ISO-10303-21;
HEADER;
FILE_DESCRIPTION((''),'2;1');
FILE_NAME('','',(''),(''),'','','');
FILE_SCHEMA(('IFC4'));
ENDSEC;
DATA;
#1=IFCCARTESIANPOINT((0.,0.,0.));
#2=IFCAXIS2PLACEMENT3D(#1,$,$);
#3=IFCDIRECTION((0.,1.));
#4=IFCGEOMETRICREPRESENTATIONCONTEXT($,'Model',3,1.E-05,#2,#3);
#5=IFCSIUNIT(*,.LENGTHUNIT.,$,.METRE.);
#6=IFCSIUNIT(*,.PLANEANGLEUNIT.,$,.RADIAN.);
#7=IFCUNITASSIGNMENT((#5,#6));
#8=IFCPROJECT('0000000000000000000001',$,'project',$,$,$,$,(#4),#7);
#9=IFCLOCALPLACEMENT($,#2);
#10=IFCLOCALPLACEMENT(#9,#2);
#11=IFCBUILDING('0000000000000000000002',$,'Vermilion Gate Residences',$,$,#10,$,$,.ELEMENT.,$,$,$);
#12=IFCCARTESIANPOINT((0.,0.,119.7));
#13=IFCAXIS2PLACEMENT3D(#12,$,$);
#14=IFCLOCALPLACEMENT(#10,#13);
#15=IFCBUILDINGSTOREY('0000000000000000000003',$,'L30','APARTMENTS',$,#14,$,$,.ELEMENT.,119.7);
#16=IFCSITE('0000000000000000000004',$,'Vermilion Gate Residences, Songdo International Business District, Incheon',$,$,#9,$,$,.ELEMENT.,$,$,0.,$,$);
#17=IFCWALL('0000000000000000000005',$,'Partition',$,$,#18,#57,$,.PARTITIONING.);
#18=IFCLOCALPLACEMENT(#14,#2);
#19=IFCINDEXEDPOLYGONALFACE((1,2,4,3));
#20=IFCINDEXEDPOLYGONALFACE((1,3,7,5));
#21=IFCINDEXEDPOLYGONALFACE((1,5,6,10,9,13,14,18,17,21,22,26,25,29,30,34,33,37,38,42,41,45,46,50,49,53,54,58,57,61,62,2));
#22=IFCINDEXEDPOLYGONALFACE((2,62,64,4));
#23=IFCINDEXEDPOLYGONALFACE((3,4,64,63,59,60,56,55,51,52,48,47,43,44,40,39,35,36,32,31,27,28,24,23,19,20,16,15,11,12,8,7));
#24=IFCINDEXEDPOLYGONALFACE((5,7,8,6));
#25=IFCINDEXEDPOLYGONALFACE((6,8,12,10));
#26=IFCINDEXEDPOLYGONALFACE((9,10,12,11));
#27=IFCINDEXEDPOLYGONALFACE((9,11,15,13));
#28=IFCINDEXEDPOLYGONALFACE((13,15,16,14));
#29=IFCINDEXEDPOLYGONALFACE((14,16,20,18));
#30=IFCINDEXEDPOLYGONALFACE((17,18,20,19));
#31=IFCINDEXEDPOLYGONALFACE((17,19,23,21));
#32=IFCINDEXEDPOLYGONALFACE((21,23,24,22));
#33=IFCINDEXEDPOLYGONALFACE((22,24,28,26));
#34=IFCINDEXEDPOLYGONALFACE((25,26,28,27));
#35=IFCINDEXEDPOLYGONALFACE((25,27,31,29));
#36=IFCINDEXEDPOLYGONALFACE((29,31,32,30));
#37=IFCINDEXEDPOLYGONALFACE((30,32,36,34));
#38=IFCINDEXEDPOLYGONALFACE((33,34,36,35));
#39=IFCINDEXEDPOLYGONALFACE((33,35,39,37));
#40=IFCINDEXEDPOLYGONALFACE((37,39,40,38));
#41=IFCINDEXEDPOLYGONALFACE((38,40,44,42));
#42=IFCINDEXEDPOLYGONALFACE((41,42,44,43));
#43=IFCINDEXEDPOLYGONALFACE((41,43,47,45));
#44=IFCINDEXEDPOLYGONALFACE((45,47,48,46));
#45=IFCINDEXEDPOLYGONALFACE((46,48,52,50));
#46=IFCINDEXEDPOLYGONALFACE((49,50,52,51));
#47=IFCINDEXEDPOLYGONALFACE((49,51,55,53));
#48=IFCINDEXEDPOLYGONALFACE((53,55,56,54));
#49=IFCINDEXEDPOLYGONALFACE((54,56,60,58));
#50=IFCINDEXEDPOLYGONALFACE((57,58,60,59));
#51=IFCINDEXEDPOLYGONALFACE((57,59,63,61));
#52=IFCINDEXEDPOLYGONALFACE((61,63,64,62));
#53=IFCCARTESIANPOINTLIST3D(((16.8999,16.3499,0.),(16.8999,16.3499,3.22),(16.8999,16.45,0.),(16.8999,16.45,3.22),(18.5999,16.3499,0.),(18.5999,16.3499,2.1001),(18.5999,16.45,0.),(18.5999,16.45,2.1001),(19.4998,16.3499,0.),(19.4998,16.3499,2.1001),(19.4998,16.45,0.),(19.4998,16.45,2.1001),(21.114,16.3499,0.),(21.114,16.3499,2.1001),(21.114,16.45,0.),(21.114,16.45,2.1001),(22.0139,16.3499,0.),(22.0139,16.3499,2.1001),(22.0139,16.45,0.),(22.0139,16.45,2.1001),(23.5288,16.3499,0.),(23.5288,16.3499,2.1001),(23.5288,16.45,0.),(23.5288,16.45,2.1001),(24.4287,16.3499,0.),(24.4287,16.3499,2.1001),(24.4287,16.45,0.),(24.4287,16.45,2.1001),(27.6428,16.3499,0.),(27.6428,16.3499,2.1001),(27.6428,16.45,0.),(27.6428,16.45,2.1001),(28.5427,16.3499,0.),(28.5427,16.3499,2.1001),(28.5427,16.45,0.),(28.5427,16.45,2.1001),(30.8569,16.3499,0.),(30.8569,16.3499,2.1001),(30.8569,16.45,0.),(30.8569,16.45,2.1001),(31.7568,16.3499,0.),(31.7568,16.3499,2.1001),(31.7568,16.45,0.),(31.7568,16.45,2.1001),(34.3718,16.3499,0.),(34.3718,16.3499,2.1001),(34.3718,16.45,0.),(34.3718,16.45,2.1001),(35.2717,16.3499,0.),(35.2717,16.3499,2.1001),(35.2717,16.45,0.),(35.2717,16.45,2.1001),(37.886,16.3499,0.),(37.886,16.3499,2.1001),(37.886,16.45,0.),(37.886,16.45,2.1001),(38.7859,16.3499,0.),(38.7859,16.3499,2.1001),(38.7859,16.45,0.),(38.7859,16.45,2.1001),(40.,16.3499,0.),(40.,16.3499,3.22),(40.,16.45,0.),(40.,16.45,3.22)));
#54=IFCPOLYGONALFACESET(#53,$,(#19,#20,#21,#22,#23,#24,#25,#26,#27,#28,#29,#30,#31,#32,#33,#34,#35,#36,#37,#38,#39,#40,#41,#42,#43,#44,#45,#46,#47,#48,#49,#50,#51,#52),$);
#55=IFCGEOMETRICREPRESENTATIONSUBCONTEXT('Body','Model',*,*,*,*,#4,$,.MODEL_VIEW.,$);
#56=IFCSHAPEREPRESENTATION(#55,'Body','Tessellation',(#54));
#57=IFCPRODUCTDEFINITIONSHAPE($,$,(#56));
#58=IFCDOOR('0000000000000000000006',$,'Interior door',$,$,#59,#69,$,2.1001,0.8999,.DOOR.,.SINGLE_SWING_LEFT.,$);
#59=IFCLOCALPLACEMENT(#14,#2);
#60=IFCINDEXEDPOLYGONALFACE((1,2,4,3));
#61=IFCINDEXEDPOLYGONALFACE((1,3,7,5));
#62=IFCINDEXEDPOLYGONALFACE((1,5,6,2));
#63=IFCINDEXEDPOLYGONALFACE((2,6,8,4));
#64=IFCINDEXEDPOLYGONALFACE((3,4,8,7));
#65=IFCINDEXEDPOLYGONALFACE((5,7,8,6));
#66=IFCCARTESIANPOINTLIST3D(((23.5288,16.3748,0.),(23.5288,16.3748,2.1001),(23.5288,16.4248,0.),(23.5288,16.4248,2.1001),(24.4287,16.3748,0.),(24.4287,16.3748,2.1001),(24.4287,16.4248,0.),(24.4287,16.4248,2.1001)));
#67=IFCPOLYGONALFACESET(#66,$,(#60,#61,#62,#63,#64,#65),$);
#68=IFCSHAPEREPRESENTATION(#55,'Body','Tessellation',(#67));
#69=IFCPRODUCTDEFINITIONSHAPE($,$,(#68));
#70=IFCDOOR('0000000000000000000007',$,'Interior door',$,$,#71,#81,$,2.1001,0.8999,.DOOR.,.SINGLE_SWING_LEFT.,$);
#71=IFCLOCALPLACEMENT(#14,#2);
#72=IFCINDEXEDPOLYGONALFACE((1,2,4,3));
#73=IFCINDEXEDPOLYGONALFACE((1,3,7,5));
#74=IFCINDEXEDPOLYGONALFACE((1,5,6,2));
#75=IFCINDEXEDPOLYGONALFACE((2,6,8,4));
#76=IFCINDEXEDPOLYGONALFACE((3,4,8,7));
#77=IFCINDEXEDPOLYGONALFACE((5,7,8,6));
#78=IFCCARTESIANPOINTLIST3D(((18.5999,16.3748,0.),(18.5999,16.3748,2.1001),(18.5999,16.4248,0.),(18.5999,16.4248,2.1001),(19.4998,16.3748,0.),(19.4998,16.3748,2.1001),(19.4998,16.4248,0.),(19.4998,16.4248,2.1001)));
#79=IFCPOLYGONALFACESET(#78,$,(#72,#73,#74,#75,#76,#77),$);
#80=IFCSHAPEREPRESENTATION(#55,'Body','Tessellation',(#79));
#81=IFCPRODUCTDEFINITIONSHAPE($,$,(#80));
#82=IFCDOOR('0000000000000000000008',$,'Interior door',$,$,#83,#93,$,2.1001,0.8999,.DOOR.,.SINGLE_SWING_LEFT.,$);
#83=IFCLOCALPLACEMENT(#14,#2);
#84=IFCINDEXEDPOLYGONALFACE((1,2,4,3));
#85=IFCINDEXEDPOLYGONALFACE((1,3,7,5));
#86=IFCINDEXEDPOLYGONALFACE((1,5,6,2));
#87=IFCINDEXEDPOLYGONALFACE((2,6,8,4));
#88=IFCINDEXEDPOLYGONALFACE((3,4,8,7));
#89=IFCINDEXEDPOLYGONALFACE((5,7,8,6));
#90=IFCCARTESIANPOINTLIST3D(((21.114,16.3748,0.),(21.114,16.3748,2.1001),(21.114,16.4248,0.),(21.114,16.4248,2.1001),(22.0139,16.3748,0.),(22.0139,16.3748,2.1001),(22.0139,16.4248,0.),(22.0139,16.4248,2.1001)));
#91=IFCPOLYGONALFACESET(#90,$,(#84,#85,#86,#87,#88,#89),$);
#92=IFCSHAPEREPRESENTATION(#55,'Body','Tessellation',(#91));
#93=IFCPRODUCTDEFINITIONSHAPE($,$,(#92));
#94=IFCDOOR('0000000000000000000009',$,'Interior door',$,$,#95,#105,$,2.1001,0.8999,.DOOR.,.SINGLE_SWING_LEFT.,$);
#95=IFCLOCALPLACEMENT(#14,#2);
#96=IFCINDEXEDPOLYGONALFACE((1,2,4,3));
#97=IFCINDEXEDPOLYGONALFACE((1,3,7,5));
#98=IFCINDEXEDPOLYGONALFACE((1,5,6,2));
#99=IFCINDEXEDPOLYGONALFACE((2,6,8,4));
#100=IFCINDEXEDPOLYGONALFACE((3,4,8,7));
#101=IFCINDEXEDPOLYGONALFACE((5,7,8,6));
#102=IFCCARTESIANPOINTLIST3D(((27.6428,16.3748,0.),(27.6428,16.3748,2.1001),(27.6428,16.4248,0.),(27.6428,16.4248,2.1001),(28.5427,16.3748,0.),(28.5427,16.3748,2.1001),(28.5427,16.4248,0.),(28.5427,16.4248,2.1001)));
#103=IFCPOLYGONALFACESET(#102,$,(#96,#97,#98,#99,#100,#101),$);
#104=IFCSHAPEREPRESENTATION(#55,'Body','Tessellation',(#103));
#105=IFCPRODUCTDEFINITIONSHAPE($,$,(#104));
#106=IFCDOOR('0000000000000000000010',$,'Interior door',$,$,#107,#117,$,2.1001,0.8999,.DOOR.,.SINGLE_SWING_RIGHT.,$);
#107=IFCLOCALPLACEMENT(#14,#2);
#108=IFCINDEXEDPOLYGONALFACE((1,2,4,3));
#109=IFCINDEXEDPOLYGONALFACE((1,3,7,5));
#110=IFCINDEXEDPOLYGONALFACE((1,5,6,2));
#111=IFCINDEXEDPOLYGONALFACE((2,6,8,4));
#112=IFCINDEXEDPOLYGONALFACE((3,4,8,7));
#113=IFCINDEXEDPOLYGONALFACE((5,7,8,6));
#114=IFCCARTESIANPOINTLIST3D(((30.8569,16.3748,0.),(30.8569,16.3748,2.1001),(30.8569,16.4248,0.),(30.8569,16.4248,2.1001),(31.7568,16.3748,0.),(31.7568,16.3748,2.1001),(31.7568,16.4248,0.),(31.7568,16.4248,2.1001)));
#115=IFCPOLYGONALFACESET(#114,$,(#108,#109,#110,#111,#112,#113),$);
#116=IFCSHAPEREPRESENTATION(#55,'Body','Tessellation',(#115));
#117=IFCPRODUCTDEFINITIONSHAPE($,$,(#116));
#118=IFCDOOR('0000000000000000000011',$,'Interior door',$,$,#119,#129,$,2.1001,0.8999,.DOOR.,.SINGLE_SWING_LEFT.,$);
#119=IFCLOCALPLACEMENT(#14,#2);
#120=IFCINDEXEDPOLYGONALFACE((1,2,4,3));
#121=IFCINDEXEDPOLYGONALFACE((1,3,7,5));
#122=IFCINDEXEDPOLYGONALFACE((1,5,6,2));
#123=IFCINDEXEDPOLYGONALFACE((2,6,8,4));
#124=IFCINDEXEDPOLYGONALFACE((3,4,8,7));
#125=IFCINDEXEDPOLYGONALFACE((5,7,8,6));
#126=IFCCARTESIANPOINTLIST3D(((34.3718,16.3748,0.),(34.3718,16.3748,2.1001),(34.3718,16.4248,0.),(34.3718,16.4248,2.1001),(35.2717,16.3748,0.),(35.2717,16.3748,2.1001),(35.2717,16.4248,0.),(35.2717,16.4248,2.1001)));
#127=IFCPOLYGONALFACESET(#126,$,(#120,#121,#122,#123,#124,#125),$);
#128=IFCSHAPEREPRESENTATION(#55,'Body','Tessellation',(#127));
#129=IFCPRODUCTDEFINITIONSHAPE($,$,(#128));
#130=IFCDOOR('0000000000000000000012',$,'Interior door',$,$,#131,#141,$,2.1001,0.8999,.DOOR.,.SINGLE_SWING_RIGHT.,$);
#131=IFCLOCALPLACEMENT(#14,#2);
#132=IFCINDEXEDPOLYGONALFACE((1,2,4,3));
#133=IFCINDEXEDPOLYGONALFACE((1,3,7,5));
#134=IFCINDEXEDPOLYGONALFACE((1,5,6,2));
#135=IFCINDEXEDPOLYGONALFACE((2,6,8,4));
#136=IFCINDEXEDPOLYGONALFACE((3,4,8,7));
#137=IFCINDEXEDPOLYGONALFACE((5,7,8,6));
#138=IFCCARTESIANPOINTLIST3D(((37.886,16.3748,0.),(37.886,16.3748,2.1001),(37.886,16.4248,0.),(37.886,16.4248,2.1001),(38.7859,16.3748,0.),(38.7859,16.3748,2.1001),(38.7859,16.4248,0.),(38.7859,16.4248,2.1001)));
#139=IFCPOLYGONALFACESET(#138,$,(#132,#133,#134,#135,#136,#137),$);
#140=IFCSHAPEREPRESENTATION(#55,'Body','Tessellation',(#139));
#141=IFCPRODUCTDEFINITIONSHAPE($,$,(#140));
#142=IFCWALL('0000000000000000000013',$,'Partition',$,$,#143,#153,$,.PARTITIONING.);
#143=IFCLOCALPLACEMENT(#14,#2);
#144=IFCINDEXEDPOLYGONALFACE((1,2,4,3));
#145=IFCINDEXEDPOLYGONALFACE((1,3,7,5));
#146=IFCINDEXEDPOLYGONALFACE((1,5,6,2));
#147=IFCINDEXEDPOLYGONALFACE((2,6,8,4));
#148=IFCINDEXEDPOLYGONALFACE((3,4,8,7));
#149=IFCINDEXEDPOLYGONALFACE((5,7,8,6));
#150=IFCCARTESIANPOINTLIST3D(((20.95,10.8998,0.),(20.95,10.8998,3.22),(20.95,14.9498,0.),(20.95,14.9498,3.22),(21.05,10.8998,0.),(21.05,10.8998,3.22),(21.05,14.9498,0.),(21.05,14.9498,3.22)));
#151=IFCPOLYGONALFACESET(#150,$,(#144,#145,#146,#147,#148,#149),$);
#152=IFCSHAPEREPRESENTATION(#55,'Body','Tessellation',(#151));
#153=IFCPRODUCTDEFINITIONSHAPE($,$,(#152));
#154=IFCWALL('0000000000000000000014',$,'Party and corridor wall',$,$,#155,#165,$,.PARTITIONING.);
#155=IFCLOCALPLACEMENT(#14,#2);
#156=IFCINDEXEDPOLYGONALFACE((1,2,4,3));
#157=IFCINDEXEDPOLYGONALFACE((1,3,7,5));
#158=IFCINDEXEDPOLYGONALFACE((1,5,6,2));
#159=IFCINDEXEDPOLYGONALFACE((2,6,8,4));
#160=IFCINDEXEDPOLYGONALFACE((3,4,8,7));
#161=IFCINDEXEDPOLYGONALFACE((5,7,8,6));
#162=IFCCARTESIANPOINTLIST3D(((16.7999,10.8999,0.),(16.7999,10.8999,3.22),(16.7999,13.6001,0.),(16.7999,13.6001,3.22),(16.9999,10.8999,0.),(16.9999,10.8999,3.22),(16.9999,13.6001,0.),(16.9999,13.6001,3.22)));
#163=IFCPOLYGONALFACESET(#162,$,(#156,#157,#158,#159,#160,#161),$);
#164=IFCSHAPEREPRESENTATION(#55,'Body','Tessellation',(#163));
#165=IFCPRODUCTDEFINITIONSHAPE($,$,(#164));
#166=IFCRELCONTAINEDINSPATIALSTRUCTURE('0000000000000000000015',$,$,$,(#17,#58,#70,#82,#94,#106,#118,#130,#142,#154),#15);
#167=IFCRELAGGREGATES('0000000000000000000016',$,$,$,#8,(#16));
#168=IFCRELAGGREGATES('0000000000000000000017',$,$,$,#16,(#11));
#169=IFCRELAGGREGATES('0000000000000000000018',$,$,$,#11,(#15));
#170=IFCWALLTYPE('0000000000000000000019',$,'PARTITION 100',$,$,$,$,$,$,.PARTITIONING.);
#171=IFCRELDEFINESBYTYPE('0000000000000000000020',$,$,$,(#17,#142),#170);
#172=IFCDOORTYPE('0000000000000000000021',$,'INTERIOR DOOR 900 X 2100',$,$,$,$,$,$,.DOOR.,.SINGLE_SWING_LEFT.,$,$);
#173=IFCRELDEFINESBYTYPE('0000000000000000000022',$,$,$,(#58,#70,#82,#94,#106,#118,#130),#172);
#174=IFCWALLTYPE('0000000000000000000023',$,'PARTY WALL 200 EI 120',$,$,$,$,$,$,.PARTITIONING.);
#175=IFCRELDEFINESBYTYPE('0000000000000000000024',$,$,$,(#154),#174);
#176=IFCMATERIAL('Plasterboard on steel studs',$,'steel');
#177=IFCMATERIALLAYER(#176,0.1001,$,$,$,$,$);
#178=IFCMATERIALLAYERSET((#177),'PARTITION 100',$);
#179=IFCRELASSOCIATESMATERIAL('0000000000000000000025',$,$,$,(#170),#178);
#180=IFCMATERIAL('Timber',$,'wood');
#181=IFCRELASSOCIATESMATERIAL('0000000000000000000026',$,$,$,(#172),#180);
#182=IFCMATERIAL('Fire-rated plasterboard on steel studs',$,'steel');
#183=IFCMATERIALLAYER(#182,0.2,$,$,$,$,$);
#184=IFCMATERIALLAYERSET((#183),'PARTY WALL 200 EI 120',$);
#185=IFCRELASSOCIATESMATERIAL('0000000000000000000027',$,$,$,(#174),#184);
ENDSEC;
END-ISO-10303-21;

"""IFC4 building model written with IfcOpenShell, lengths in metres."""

from ifc_helpers import new_model, si_unit, direction, frame, frame_2d, origin, place, context, subcontext, project, spatial, rectangle, extrude, material, layer, layer_set, type_object, element, fill, save


model = new_model("IFC4")

# Units and contexts
model_context = context("Model", 3, precision=1e-05, world=origin(), true_north=direction((0.0, 1.0)))
body_context = subcontext(model_context, "Body", "Model", "MODEL_VIEW")
ifc_project = project(units=[si_unit("LENGTHUNIT", "METRE"), si_unit("PLANEANGLEUNIT", "RADIAN")], contexts=[model_context])

# Site, building, storey
site_placement = place(None, origin())
site = spatial("IfcSite", under=ifc_project, at=site_placement, Name="Vermilion Gate Residences, Songdo International Business District, Incheon", CompositionType="ELEMENT", RefElevation=0.0)
building_placement = place(site_placement, origin())
building = spatial("IfcBuilding", under=site, at=building_placement, Name="Vermilion Gate Residences", CompositionType="ELEMENT")
storey_placement = place(building_placement, frame((0.0, 0.0, 119.7)))
storey = spatial("IfcBuildingStorey", under=building, at=storey_placement, Name="L30", Description="APARTMENTS", CompositionType="ELEMENT", Elevation=119.7)

# Wall, openings, doors
ifc_material_1 = material(Name="Plasterboard on steel studs", Category="steel")
ifc_layer_1 = layer(ifc_material_1, 0.1001)
ifc_layer_set_1 = layer_set([ifc_layer_1], Name="PARTITION 100")
wall_type_1 = type_object("IfcWallType", Name="PARTITION 100", PredefinedType="PARTITIONING", material=ifc_layer_set_1)
ifc_material_2 = material(Name="Timber", Category="wood")
door_type = type_object("IfcDoorType", Name="INTERIOR DOOR 900 X 2100", OperationType="SINGLE_SWING_LEFT", PredefinedType="DOOR", material=ifc_material_2)
wall_1_placement = place(storey_placement, frame((16.8999, 16.3999, 0.0), z_axis=(0.0, 0.0, 1.0), x_axis=(1.0, 0.0, 0.0)))
wall_1 = element("IfcWall", 1, at=wall_1_placement, inside=storey, type_object=wall_type_1, Name="Partition", PredefinedType="PARTITIONING", context=body_context, shape_type="SweptSolid", body=[
    extrude(rectangle(XDim=23.1001, YDim=0.1001, at=frame_2d((11.55, 0.0))), origin(), (0.0, 0.0, 1.0), 3.22),
])
opening_1_placement = place(wall_1_placement, frame((6.6289, 0.0, 0.0)))
opening_1 = element("IfcOpeningElement", 2, at=opening_1_placement, cuts=wall_1, PredefinedType="OPENING", context=body_context, shape_type="SweptSolid", body=[
    extrude(rectangle(XDim=0.8999, YDim=2.1001, at=frame_2d((0.45, 1.05))), frame((0.0, 0.0601, 0.0), z_axis=(0.0, -1.0, 0.0), x_axis=(1.0, 0.0, 0.0)), (0.0, 0.0, 1.0), 0.1201),
])
opening_2_placement = place(wall_1_placement, frame((1.7, 0.0, 0.0)))
opening_2 = element("IfcOpeningElement", 3, at=opening_2_placement, cuts=wall_1, PredefinedType="OPENING", context=body_context, shape_type="SweptSolid", body=[
    extrude(rectangle(XDim=0.8999, YDim=2.1001, at=frame_2d((0.45, 1.05))), frame((0.0, 0.0601, 0.0), z_axis=(0.0, -1.0, 0.0), x_axis=(1.0, 0.0, 0.0)), (0.0, 0.0, 1.0), 0.1201),
])
opening_3_placement = place(wall_1_placement, frame((4.2141, 0.0, 0.0)))
opening_3 = element("IfcOpeningElement", 4, at=opening_3_placement, cuts=wall_1, PredefinedType="OPENING", context=body_context, shape_type="SweptSolid", body=[
    extrude(rectangle(XDim=0.8999, YDim=2.1001, at=frame_2d((0.45, 1.05))), frame((0.0, 0.0601, 0.0), z_axis=(0.0, -1.0, 0.0), x_axis=(1.0, 0.0, 0.0)), (0.0, 0.0, 1.0), 0.1201),
])
opening_4_placement = place(wall_1_placement, frame((10.7429, 0.0, 0.0)))
opening_4 = element("IfcOpeningElement", 5, at=opening_4_placement, cuts=wall_1, PredefinedType="OPENING", context=body_context, shape_type="SweptSolid", body=[
    extrude(rectangle(XDim=0.8999, YDim=2.1001, at=frame_2d((0.45, 1.05))), frame((0.0, 0.0601, 0.0), z_axis=(0.0, -1.0, 0.0), x_axis=(1.0, 0.0, 0.0)), (0.0, 0.0, 1.0), 0.1201),
])
opening_5_placement = place(wall_1_placement, frame((13.957, 0.0, 0.0)))
opening_5 = element("IfcOpeningElement", 6, at=opening_5_placement, cuts=wall_1, PredefinedType="OPENING", context=body_context, shape_type="SweptSolid", body=[
    extrude(rectangle(XDim=0.8999, YDim=2.1001, at=frame_2d((0.45, 1.05))), frame((0.0, 0.0601, 0.0), z_axis=(0.0, -1.0, 0.0), x_axis=(1.0, 0.0, 0.0)), (0.0, 0.0, 1.0), 0.1201),
])
opening_6_placement = place(wall_1_placement, frame((17.4719, 0.0, 0.0)))
opening_6 = element("IfcOpeningElement", 7, at=opening_6_placement, cuts=wall_1, PredefinedType="OPENING", context=body_context, shape_type="SweptSolid", body=[
    extrude(rectangle(XDim=0.8999, YDim=2.1001, at=frame_2d((0.45, 1.05))), frame((0.0, 0.0601, 0.0), z_axis=(0.0, -1.0, 0.0), x_axis=(1.0, 0.0, 0.0)), (0.0, 0.0, 1.0), 0.1201),
])
opening_7_placement = place(wall_1_placement, frame((20.9861, 0.0, 0.0)))
opening_7 = element("IfcOpeningElement", 8, at=opening_7_placement, cuts=wall_1, PredefinedType="OPENING", context=body_context, shape_type="SweptSolid", body=[
    extrude(rectangle(XDim=0.8999, YDim=2.1001, at=frame_2d((0.45, 1.05))), frame((0.0, 0.0601, 0.0), z_axis=(0.0, -1.0, 0.0), x_axis=(1.0, 0.0, 0.0)), (0.0, 0.0, 1.0), 0.1201),
])
door_1_placement = place(opening_1_placement, origin())
door_1 = element("IfcDoor", 9, at=door_1_placement, inside=storey, type_object=door_type, Name="Interior door", OperationType="SINGLE_SWING_LEFT", OverallHeight=2.1001, OverallWidth=0.8999, PredefinedType="DOOR", context=body_context, shape_type="SweptSolid", body=[
    extrude(rectangle(XDim=0.8999, YDim=2.1001, at=frame_2d((0.45, 1.05))), frame((0.0, 0.0249, 0.0), z_axis=(0.0, -1.0, 0.0), x_axis=(1.0, 0.0, 0.0)), (0.0, 0.0, 1.0), 0.05),
])
fill(opening_1, door_1)
door_2_placement = place(opening_2_placement, origin())
door_2 = element("IfcDoor", 10, at=door_2_placement, inside=storey, type_object=door_type, Name="Interior door", OperationType="SINGLE_SWING_LEFT", OverallHeight=2.1001, OverallWidth=0.8999, PredefinedType="DOOR", context=body_context, shape_type="SweptSolid", body=[
    extrude(rectangle(XDim=0.8999, YDim=2.1001, at=frame_2d((0.45, 1.05))), frame((0.0, 0.0249, 0.0), z_axis=(0.0, -1.0, 0.0), x_axis=(1.0, 0.0, 0.0)), (0.0, 0.0, 1.0), 0.05),
])
fill(opening_2, door_2)
door_3_placement = place(opening_3_placement, origin())
door_3 = element("IfcDoor", 11, at=door_3_placement, inside=storey, type_object=door_type, Name="Interior door", OperationType="SINGLE_SWING_LEFT", OverallHeight=2.1001, OverallWidth=0.8999, PredefinedType="DOOR", context=body_context, shape_type="SweptSolid", body=[
    extrude(rectangle(XDim=0.8999, YDim=2.1001, at=frame_2d((0.45, 1.05))), frame((0.0, 0.0249, 0.0), z_axis=(0.0, -1.0, 0.0), x_axis=(1.0, 0.0, 0.0)), (0.0, 0.0, 1.0), 0.05),
])
fill(opening_3, door_3)
door_4_placement = place(opening_4_placement, origin())
door_4 = element("IfcDoor", 12, at=door_4_placement, inside=storey, type_object=door_type, Name="Interior door", OperationType="SINGLE_SWING_LEFT", OverallHeight=2.1001, OverallWidth=0.8999, PredefinedType="DOOR", context=body_context, shape_type="SweptSolid", body=[
    extrude(rectangle(XDim=0.8999, YDim=2.1001, at=frame_2d((0.45, 1.05))), frame((0.0, 0.0249, 0.0), z_axis=(0.0, -1.0, 0.0), x_axis=(1.0, 0.0, 0.0)), (0.0, 0.0, 1.0), 0.05),
])
fill(opening_4, door_4)
door_5_placement = place(opening_5_placement, origin())
door_5 = element("IfcDoor", 13, at=door_5_placement, inside=storey, type_object=door_type, Name="Interior door", OperationType="SINGLE_SWING_RIGHT", OverallHeight=2.1001, OverallWidth=0.8999, PredefinedType="DOOR", context=body_context, shape_type="SweptSolid", body=[
    extrude(rectangle(XDim=0.8999, YDim=2.1001, at=frame_2d((0.45, 1.05))), frame((0.0, 0.0249, 0.0), z_axis=(0.0, -1.0, 0.0), x_axis=(1.0, 0.0, 0.0)), (0.0, 0.0, 1.0), 0.05),
])
fill(opening_5, door_5)
door_6_placement = place(opening_6_placement, origin())
door_6 = element("IfcDoor", 14, at=door_6_placement, inside=storey, type_object=door_type, Name="Interior door", OperationType="SINGLE_SWING_LEFT", OverallHeight=2.1001, OverallWidth=0.8999, PredefinedType="DOOR", context=body_context, shape_type="SweptSolid", body=[
    extrude(rectangle(XDim=0.8999, YDim=2.1001, at=frame_2d((0.45, 1.05))), frame((0.0, 0.0249, 0.0), z_axis=(0.0, -1.0, 0.0), x_axis=(1.0, 0.0, 0.0)), (0.0, 0.0, 1.0), 0.05),
])
fill(opening_6, door_6)
door_7_placement = place(opening_7_placement, origin())
door_7 = element("IfcDoor", 15, at=door_7_placement, inside=storey, type_object=door_type, Name="Interior door", OperationType="SINGLE_SWING_RIGHT", OverallHeight=2.1001, OverallWidth=0.8999, PredefinedType="DOOR", context=body_context, shape_type="SweptSolid", body=[
    extrude(rectangle(XDim=0.8999, YDim=2.1001, at=frame_2d((0.45, 1.05))), frame((0.0, 0.0249, 0.0), z_axis=(0.0, -1.0, 0.0), x_axis=(1.0, 0.0, 0.0)), (0.0, 0.0, 1.0), 0.05),
])
fill(opening_7, door_7)

# Walls
wall_2_placement = place(storey_placement, frame((21.0, 10.8999, 0.0), z_axis=(0.0, 0.0, 1.0), x_axis=(0.0, 1.0, 0.0)))
element("IfcWall", 16, at=wall_2_placement, inside=storey, type_object=wall_type_1, Name="Partition", PredefinedType="PARTITIONING", context=body_context, shape_type="SweptSolid", body=[
    extrude(rectangle(XDim=4.05, YDim=0.1001, at=frame_2d((2.0249, 0.0))), origin(), (0.0, 0.0, 1.0), 3.22),
])
ifc_material_3 = material(Name="Fire-rated plasterboard on steel studs", Category="steel")
ifc_layer_2 = layer(ifc_material_3, 0.2)
ifc_layer_set_2 = layer_set([ifc_layer_2], Name="PARTY WALL 200 EI 120")
wall_type_2 = type_object("IfcWallType", Name="PARTY WALL 200 EI 120", PredefinedType="PARTITIONING", material=ifc_layer_set_2)
wall_3_placement = place(storey_placement, frame((16.8999, 10.8999, 0.0), z_axis=(0.0, 0.0, 1.0), x_axis=(0.0, 1.0, 0.0)))
element("IfcWall", 17, at=wall_3_placement, inside=storey, type_object=wall_type_2, Name="Party and corridor wall", PredefinedType="PARTITIONING", context=body_context, shape_type="SweptSolid", body=[
    extrude(rectangle(XDim=2.7002, YDim=0.2, at=frame_2d((1.3501, 0.0))), origin(), (0.0, 0.0, 1.0), 3.22),
])

save(model, "model.ifc")
